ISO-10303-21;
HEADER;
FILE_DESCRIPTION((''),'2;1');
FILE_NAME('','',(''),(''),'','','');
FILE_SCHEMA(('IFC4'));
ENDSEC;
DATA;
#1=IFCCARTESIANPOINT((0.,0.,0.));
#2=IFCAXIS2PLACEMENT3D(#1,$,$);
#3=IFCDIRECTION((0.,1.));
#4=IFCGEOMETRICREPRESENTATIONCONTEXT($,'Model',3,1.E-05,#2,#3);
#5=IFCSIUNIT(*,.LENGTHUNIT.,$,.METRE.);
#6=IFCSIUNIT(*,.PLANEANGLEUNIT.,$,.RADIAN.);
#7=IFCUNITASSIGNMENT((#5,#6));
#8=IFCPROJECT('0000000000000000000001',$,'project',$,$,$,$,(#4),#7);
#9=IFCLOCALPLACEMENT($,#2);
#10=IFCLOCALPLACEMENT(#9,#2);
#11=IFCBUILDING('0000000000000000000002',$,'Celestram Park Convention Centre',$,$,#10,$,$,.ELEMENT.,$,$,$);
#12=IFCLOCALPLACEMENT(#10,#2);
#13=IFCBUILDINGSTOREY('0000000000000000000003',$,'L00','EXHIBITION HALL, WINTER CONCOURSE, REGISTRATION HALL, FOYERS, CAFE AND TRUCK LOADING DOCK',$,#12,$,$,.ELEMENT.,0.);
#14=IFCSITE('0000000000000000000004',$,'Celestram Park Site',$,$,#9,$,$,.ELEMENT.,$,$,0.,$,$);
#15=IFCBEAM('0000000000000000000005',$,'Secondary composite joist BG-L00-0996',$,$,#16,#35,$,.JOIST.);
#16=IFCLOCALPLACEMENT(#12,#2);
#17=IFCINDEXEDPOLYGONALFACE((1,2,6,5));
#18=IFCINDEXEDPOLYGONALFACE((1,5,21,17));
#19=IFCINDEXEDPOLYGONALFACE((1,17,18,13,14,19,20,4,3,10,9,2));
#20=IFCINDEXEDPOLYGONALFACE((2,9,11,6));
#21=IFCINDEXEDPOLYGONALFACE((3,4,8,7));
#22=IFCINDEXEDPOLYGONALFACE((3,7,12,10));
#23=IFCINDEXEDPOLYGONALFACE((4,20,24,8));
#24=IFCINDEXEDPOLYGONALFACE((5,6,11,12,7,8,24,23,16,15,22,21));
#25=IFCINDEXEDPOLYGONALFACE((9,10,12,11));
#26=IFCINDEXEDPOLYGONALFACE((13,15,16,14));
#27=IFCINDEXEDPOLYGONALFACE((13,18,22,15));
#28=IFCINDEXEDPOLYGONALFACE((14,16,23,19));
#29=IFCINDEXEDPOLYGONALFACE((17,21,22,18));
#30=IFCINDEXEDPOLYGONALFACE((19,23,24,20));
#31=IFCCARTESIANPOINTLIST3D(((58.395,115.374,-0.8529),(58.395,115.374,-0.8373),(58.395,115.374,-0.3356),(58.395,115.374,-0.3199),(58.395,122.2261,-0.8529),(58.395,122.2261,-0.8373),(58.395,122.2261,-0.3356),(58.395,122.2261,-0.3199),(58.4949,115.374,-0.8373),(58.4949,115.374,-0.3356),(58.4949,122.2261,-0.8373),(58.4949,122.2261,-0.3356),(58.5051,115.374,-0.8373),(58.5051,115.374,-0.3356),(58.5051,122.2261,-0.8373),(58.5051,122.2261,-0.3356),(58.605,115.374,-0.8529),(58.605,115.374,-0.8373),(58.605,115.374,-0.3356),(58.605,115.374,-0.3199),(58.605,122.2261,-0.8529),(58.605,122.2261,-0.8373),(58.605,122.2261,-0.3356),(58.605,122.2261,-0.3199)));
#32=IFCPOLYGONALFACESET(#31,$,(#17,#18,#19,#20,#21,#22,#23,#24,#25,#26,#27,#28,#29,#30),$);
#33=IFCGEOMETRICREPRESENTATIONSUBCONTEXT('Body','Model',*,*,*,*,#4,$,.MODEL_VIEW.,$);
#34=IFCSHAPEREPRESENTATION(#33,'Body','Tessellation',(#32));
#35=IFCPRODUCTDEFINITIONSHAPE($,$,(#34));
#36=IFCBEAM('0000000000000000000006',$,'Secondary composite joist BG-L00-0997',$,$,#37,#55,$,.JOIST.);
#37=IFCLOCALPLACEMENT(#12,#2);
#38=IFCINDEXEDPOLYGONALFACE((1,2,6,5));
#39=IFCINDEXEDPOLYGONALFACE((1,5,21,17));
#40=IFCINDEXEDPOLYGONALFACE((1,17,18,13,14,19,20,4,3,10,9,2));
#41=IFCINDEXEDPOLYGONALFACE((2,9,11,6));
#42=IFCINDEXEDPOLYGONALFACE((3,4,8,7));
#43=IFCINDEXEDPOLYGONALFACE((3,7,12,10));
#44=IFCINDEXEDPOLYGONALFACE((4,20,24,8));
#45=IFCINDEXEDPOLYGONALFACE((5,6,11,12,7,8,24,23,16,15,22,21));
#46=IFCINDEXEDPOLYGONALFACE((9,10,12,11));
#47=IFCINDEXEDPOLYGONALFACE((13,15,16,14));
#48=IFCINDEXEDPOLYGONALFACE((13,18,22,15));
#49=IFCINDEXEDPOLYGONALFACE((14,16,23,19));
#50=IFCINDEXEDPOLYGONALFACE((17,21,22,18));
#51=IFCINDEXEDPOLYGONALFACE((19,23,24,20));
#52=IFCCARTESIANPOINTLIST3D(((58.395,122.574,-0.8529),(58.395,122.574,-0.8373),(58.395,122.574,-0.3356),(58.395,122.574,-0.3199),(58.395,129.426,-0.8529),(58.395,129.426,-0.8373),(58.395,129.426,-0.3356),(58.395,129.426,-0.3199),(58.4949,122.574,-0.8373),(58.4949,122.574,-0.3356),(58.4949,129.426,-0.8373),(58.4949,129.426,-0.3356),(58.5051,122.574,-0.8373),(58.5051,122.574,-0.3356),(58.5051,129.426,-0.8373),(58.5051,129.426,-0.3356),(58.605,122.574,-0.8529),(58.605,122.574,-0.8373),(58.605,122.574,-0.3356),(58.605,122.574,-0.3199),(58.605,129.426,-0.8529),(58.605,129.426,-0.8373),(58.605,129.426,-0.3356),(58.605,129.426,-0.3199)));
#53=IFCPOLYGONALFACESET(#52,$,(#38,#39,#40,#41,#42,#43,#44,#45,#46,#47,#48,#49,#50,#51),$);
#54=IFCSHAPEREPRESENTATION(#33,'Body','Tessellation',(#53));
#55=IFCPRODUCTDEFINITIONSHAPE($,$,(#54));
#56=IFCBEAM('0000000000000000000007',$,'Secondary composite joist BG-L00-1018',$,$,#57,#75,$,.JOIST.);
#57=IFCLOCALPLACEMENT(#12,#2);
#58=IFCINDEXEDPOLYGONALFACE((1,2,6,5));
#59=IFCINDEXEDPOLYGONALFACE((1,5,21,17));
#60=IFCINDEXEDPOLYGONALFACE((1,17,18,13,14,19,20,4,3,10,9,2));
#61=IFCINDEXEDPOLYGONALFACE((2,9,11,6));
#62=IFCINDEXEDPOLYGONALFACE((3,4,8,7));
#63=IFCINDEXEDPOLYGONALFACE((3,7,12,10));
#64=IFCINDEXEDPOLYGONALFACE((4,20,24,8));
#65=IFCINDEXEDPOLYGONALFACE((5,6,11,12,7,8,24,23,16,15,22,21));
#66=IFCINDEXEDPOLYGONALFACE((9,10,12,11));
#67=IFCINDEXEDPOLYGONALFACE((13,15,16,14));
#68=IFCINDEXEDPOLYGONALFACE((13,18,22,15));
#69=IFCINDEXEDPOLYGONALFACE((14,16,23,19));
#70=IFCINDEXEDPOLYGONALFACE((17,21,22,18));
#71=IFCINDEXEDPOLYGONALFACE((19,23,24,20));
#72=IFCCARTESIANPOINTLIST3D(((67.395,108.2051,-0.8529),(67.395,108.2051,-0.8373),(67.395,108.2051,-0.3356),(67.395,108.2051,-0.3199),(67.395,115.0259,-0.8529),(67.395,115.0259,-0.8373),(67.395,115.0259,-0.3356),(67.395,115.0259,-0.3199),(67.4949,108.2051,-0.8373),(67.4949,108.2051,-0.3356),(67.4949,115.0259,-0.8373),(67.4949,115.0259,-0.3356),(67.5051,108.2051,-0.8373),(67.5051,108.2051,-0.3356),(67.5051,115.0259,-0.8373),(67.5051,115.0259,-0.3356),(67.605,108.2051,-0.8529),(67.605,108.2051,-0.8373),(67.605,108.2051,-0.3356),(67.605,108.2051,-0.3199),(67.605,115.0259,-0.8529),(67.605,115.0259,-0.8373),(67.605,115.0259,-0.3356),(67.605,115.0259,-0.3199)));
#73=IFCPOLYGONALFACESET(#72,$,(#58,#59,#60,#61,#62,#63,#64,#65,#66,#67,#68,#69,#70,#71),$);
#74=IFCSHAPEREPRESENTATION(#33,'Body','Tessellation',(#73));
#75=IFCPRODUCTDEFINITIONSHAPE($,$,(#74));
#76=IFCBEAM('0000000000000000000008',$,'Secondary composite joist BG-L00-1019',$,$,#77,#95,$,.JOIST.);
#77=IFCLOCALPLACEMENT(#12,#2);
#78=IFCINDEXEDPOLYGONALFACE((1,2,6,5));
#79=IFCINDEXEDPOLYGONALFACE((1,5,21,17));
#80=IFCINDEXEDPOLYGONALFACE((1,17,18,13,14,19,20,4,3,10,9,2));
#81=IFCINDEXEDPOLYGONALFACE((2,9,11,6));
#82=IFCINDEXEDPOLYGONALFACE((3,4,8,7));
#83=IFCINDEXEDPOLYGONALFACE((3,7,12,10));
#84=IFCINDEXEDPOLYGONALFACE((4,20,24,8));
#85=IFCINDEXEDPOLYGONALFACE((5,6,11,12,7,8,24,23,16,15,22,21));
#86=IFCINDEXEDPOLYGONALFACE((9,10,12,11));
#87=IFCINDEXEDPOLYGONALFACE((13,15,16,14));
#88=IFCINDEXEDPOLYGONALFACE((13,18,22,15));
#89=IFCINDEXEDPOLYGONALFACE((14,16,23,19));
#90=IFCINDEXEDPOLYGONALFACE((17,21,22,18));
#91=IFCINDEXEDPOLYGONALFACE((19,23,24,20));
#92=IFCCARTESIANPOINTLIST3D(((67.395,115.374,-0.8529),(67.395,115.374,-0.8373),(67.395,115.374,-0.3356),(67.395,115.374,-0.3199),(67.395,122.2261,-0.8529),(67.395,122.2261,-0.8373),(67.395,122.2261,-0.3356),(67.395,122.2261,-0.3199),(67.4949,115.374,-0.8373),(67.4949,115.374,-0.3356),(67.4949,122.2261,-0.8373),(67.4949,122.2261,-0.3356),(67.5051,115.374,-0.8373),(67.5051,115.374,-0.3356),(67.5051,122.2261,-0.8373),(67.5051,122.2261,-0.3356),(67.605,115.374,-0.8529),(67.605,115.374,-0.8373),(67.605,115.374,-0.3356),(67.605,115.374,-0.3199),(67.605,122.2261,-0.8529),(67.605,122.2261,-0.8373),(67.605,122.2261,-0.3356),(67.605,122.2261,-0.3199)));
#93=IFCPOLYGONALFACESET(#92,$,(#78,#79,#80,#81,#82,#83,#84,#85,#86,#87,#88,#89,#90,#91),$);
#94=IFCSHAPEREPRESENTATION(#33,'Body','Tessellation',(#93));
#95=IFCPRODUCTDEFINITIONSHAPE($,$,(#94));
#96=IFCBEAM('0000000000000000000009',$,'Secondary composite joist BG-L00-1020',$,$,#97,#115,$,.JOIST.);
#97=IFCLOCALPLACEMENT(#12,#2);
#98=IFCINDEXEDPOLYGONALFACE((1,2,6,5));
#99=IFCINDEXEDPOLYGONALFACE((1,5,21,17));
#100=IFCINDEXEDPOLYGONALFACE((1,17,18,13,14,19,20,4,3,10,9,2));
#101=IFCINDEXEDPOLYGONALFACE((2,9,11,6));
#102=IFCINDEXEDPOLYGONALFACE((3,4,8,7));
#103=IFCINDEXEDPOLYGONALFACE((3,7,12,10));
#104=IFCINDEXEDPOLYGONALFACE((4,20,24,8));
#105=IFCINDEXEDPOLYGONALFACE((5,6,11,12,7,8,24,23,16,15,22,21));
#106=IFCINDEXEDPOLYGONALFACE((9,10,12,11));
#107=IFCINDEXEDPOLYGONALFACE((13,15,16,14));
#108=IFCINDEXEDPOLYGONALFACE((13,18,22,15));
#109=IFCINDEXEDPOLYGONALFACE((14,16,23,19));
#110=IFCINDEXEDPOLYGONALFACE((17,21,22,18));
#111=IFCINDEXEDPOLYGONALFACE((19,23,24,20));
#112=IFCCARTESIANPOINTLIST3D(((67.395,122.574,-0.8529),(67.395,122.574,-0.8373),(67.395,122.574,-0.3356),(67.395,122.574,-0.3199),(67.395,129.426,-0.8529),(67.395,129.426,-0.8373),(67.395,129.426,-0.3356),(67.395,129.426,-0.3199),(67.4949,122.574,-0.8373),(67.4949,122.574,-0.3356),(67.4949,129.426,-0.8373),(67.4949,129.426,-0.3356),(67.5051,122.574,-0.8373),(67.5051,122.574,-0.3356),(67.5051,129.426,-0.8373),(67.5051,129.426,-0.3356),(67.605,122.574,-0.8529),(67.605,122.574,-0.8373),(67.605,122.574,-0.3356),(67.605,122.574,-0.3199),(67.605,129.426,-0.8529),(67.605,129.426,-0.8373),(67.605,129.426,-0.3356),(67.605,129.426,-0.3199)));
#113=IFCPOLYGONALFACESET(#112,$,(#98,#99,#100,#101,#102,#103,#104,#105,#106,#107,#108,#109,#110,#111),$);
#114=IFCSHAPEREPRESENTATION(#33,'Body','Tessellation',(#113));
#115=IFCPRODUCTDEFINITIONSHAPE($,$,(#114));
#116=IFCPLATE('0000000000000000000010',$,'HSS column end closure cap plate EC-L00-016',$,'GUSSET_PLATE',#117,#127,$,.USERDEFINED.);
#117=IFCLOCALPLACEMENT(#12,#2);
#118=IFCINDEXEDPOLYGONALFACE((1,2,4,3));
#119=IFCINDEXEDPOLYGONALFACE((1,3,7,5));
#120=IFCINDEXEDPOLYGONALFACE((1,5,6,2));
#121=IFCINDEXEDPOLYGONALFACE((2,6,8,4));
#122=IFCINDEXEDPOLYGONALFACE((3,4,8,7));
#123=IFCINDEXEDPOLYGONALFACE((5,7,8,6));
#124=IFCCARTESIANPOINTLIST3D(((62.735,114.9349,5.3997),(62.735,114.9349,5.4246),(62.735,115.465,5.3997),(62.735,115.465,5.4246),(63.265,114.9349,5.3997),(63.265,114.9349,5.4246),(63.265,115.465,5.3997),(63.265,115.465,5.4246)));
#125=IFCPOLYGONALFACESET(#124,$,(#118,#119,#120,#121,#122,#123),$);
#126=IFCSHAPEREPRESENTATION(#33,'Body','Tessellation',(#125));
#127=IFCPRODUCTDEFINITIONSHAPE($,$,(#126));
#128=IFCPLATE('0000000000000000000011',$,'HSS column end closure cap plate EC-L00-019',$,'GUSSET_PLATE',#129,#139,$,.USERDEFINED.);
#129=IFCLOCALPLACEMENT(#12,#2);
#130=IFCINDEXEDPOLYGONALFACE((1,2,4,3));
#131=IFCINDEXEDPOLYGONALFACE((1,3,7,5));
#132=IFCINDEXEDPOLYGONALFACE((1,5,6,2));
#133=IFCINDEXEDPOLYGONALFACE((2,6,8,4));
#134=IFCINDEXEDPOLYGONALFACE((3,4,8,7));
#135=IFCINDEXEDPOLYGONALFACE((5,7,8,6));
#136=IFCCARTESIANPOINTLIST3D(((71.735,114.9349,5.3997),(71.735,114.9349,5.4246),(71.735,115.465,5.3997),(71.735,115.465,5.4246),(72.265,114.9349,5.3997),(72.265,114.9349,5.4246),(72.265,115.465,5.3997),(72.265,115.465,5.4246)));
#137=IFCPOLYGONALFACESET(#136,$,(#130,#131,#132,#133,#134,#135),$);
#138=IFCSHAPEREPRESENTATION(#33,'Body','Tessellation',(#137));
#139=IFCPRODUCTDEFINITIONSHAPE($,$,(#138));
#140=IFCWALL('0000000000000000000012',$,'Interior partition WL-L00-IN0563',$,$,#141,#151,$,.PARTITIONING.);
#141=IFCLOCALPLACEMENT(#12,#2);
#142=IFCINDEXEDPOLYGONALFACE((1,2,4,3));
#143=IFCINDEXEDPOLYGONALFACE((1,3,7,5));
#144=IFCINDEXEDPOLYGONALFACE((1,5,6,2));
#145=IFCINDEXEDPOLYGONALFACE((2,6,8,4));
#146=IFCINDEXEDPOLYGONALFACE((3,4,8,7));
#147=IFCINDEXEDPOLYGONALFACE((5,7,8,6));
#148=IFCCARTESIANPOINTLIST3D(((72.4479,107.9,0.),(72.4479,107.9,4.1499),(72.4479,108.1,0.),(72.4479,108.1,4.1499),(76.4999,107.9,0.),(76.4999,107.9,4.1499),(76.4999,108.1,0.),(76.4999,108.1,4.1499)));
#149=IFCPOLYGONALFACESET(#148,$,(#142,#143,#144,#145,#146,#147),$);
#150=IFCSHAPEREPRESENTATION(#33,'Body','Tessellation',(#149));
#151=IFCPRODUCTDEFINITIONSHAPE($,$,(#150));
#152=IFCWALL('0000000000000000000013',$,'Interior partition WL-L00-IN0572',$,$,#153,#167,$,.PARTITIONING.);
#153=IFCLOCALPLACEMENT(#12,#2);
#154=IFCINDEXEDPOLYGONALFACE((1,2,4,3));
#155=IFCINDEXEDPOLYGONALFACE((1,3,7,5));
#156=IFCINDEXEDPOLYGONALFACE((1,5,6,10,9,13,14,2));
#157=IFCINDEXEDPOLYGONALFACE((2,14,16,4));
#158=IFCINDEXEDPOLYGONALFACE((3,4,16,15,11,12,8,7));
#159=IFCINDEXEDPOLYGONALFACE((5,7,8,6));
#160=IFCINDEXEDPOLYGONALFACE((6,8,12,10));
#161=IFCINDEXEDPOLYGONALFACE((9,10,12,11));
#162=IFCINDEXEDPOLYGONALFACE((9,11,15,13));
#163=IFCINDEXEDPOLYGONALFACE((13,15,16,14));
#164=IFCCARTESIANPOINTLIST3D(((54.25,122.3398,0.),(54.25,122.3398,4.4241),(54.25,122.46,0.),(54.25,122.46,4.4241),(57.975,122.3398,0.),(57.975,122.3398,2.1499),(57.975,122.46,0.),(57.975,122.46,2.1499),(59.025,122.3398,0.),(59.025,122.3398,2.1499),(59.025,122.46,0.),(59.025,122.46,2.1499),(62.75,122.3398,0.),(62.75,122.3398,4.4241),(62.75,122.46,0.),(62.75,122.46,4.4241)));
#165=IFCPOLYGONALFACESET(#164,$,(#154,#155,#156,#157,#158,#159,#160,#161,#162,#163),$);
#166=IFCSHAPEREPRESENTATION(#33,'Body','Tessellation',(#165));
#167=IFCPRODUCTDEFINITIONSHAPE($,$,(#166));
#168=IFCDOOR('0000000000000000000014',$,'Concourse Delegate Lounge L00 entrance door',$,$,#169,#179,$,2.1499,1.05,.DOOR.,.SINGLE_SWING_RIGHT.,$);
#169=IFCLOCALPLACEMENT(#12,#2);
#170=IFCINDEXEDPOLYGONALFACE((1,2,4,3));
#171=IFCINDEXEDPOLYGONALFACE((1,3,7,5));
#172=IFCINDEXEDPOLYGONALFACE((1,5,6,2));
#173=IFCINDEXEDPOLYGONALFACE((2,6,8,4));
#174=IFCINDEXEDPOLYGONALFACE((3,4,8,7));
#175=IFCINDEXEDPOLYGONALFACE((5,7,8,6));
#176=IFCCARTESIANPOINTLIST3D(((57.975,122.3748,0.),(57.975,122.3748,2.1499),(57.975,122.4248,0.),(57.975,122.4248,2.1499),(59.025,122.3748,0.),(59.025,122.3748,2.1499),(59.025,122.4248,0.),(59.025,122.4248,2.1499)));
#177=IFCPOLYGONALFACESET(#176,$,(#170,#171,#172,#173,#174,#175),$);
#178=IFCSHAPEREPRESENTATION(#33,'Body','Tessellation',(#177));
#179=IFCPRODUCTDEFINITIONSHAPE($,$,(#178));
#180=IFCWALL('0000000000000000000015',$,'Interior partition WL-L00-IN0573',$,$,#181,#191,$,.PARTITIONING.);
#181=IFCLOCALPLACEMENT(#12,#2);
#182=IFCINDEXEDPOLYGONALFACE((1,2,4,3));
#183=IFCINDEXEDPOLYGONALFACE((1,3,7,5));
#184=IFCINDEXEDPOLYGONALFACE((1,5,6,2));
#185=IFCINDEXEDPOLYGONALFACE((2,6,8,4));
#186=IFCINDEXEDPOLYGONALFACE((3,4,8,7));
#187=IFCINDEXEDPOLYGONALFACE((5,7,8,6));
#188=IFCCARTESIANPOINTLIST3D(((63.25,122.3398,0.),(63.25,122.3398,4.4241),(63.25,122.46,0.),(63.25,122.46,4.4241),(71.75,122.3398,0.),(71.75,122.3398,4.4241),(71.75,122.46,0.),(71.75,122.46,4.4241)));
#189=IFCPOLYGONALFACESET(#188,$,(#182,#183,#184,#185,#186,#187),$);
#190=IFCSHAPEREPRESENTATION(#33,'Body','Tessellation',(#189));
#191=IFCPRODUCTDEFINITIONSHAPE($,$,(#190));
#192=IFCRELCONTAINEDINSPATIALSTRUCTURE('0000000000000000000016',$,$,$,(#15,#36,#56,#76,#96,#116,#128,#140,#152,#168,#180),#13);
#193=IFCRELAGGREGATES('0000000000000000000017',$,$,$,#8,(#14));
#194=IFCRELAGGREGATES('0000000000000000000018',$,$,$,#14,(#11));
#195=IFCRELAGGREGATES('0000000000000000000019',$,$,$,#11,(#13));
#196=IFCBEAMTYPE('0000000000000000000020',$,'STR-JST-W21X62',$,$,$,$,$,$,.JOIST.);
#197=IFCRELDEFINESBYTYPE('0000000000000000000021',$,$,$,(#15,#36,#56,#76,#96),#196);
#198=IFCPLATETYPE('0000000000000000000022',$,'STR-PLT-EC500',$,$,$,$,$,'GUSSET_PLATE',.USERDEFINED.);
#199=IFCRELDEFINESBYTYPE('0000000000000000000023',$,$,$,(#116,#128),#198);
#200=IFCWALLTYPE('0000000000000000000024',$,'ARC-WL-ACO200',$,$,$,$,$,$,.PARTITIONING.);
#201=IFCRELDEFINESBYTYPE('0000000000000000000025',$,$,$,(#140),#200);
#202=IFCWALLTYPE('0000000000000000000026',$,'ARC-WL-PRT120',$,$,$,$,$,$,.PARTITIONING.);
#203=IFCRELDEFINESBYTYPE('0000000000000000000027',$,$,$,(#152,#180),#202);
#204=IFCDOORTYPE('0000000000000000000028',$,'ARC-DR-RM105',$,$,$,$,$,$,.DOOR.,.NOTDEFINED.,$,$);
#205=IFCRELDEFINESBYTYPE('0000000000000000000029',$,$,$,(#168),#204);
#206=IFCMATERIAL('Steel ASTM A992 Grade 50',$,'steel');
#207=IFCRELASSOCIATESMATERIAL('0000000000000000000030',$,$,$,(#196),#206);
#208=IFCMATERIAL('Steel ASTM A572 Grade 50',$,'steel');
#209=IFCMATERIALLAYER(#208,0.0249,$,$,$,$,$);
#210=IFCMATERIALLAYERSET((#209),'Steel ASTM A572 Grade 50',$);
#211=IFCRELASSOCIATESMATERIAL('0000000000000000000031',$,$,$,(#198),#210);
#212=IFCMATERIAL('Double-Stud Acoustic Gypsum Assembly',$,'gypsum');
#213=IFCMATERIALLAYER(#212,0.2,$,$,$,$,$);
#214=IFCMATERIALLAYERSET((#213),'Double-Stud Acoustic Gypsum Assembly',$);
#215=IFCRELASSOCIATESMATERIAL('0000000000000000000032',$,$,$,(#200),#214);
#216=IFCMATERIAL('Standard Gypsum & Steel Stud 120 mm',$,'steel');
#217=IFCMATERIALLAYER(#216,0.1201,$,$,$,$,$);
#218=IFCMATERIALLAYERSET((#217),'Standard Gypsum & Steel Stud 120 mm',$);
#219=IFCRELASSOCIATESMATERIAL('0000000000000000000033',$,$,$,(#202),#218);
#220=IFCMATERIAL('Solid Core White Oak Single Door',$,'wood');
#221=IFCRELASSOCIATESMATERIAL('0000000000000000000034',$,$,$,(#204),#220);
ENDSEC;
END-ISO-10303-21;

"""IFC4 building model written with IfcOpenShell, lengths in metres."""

from ifc_helpers import new_model, si_unit, direction, frame, frame_2d, origin, origin_2d, place, context, subcontext, project, spatial, rectangle, i_section, extrude, material, layer, layer_set, material_profile, profile_set, type_object, element, fill, save


model = new_model("IFC4")

# Units and contexts
model_context = context("Model", 3, precision=1e-05, world=origin(), true_north=direction((0.0, 1.0)))
body_context = subcontext(model_context, "Body", "Model", "MODEL_VIEW")
ifc_project = project(units=[si_unit("LENGTHUNIT", "METRE"), si_unit("PLANEANGLEUNIT", "RADIAN")], contexts=[model_context])

# Site, building, storey
site_placement = place(None, origin())
site = spatial("IfcSite", under=ifc_project, at=site_placement, Name="Celestram Park Site", CompositionType="ELEMENT", RefElevation=0.0)
building_placement = place(site_placement, origin())
building = spatial("IfcBuilding", under=site, at=building_placement, Name="Celestram Park Convention Centre", CompositionType="ELEMENT")
storey_placement = place(building_placement, origin())
storey = spatial("IfcBuildingStorey", under=building, at=storey_placement, Name="L00", Description="EXHIBITION HALL, WINTER CONCOURSE, REGISTRATION HALL, FOYERS, CAFE AND TRUCK LOADING DOCK", CompositionType="ELEMENT", Elevation=0.0)

# Beams
ifc_material_1 = material(Name="Steel ASTM A992 Grade 50", Category="steel")
ifc_material_profile_1 = material_profile(ifc_material_1, i_section(OverallWidth=0.21, OverallDepth=0.533, WebThickness=0.0103, FlangeThickness=0.0156, at=origin_2d()), Name="W21X62")
ifc_profile_set_1 = profile_set([ifc_material_profile_1], Name="Steel ASTM A992 Grade 50")
beam_type_1 = type_object("IfcBeamType", Name="STR-JST-W21X62", PredefinedType="JOIST", material=ifc_profile_set_1)
for number, where, z_axis, x_axis, name in (
    (1, (58.5, 115.374, -0.5864), (0.0, 1.0, 0.0), (-1.0, 0.0, 0.0), "Secondary composite joist BG-L00-0996"),
    (2, (58.5, 122.574, -0.5864), (0.0, 1.0, 0.0), (-1.0, 0.0, 0.0), "Secondary composite joist BG-L00-0997"),
):
    element("IfcBeam", number, at=place(storey_placement, frame(where, z_axis=z_axis, x_axis=x_axis)), inside=storey, type_object=beam_type_1, Name=name, PredefinedType="JOIST", context=body_context, shape_type="SweptSolid", body=[
        extrude(i_section(OverallWidth=0.21, OverallDepth=0.533, WebThickness=0.0103, FlangeThickness=0.0156, at=origin_2d()), origin(), (0.0, 0.0, 1.0), 6.8521),
    ])
beam_1_placement = place(storey_placement, frame((67.5, 108.2051, -0.5864), z_axis=(0.0, 1.0, 0.0), x_axis=(-1.0, 0.0, 0.0)))
element("IfcBeam", 3, at=beam_1_placement, inside=storey, type_object=beam_type_1, Name="Secondary composite joist BG-L00-1018", PredefinedType="JOIST", context=body_context, shape_type="SweptSolid", body=[
    extrude(i_section(OverallWidth=0.21, OverallDepth=0.533, WebThickness=0.0103, FlangeThickness=0.0156, at=origin_2d()), origin(), (0.0, 0.0, 1.0), 6.8208),
])
for number, where, z_axis, x_axis, name in (
    (4, (67.5, 115.374, -0.5864), (0.0, 1.0, 0.0), (-1.0, 0.0, 0.0), "Secondary composite joist BG-L00-1019"),
    (5, (67.5, 122.574, -0.5864), (0.0, 1.0, 0.0), (-1.0, 0.0, 0.0), "Secondary composite joist BG-L00-1020"),
):
    element("IfcBeam", number, at=place(storey_placement, frame(where, z_axis=z_axis, x_axis=x_axis)), inside=storey, type_object=beam_type_1, Name=name, PredefinedType="JOIST", context=body_context, shape_type="SweptSolid", body=[
        extrude(i_section(OverallWidth=0.21, OverallDepth=0.533, WebThickness=0.0103, FlangeThickness=0.0156, at=origin_2d()), origin(), (0.0, 0.0, 1.0), 6.8521),
    ])

# Plates
ifc_material_2 = material(Name="Steel ASTM A572 Grade 50", Category="steel")
ifc_layer_1 = layer(ifc_material_2, 0.0249)
ifc_layer_set_1 = layer_set([ifc_layer_1], Name="Steel ASTM A572 Grade 50")
plate_type = type_object("IfcPlateType", Name="STR-PLT-EC500", ElementType="GUSSET_PLATE", PredefinedType="USERDEFINED", material=ifc_layer_set_1)
for number, where, z_axis, x_axis, name in (
    (6, (63.0, 115.2, 5.3997), (0.0, 0.0, 1.0), (1.0, 0.0, 0.0), "HSS column end closure cap plate EC-L00-016"),
    (7, (72.0, 115.2, 5.3997), (0.0, 0.0, 1.0), (1.0, 0.0, 0.0), "HSS column end closure cap plate EC-L00-019"),
):
    element("IfcPlate", number, at=place(storey_placement, frame(where, z_axis=z_axis, x_axis=x_axis)), inside=storey, type_object=plate_type, Name=name, ObjectType="GUSSET_PLATE", PredefinedType="USERDEFINED", context=body_context, shape_type="SweptSolid", body=[
        extrude(rectangle(XDim=0.53, YDim=0.53, at=origin_2d()), origin(), (0.0, 0.0, 1.0), 0.0249),
    ])

# Wall
ifc_material_3 = material(Name="Double-Stud Acoustic Gypsum Assembly", Category="gypsum")
ifc_layer_2 = layer(ifc_material_3, 0.2)
ifc_layer_set_2 = layer_set([ifc_layer_2], Name="Double-Stud Acoustic Gypsum Assembly")
wall_type_1 = type_object("IfcWallType", Name="ARC-WL-ACO200", PredefinedType="PARTITIONING", material=ifc_layer_set_2)
wall_1_placement = place(storey_placement, frame((72.448, 108.0, 0.0), z_axis=(0.0, 0.0, 1.0), x_axis=(1.0, 0.0, 0.0)))
element("IfcWall", 8, at=wall_1_placement, inside=storey, type_object=wall_type_1, Name="Interior partition WL-L00-IN0563", PredefinedType="PARTITIONING", context=body_context, shape_type="SweptSolid", body=[
    extrude(rectangle(XDim=4.052, YDim=0.2, at=frame_2d((2.0259, 0.0))), origin(), (0.0, 0.0, 1.0), 4.1499),
])

# Wall, opening, door
ifc_material_4 = material(Name="Standard Gypsum & Steel Stud 120 mm", Category="steel")
ifc_layer_3 = layer(ifc_material_4, 0.1201)
ifc_layer_set_3 = layer_set([ifc_layer_3], Name="Standard Gypsum & Steel Stud 120 mm")
wall_type_2 = type_object("IfcWallType", Name="ARC-WL-PRT120", PredefinedType="PARTITIONING", material=ifc_layer_set_3)
wall_2_placement = place(storey_placement, frame((54.25, 122.3999, 0.0), z_axis=(0.0, 0.0, 1.0), x_axis=(1.0, 0.0, 0.0)))
wall_2 = element("IfcWall", 9, at=wall_2_placement, inside=storey, type_object=wall_type_2, Name="Interior partition WL-L00-IN0572", PredefinedType="PARTITIONING", context=body_context, shape_type="SweptSolid", body=[
    extrude(rectangle(XDim=8.5, YDim=0.1201, at=frame_2d((4.25, 0.0))), origin(), (0.0, 0.0, 1.0), 4.4241),
])
opening_placement = place(wall_2_placement, frame((3.7251, 0.0, 0.0)))
opening = element("IfcOpeningElement", 10, at=opening_placement, cuts=wall_2, PredefinedType="OPENING", context=body_context, shape_type="SweptSolid", body=[
    extrude(rectangle(XDim=1.05, YDim=2.1499, at=frame_2d((0.5249, 1.075))), frame((0.0, 0.0701, 0.0), z_axis=(0.0, -1.0, 0.0), x_axis=(1.0, 0.0, 0.0)), (0.0, 0.0, 1.0), 0.1401),
])
ifc_material_5 = material(Name="Solid Core White Oak Single Door", Category="wood")
door_type = type_object("IfcDoorType", Name="ARC-DR-RM105", OperationType="NOTDEFINED", PredefinedType="DOOR", material=ifc_material_5)
door_placement = place(opening_placement, origin())
door = element("IfcDoor", 11, at=door_placement, inside=storey, type_object=door_type, Name="Concourse Delegate Lounge L00 entrance door", OperationType="SINGLE_SWING_RIGHT", OverallHeight=2.1499, OverallWidth=1.05, PredefinedType="DOOR", context=body_context, shape_type="SweptSolid", body=[
    extrude(rectangle(XDim=1.05, YDim=2.1499, at=frame_2d((0.5249, 1.075))), frame((0.0, 0.0249, 0.0), z_axis=(0.0, -1.0, 0.0), x_axis=(1.0, 0.0, 0.0)), (0.0, 0.0, 1.0), 0.05),
])
fill(opening, door)

# Wall
wall_3_placement = place(storey_placement, frame((63.25, 122.3999, 0.0), z_axis=(0.0, 0.0, 1.0), x_axis=(1.0, 0.0, 0.0)))
element("IfcWall", 12, at=wall_3_placement, inside=storey, type_object=wall_type_2, Name="Interior partition WL-L00-IN0573", PredefinedType="PARTITIONING", context=body_context, shape_type="SweptSolid", body=[
    extrude(rectangle(XDim=8.5, YDim=0.1201, at=frame_2d((4.25, 0.0))), origin(), (0.0, 0.0, 1.0), 4.4241),
])

save(model, "model.ifc")
